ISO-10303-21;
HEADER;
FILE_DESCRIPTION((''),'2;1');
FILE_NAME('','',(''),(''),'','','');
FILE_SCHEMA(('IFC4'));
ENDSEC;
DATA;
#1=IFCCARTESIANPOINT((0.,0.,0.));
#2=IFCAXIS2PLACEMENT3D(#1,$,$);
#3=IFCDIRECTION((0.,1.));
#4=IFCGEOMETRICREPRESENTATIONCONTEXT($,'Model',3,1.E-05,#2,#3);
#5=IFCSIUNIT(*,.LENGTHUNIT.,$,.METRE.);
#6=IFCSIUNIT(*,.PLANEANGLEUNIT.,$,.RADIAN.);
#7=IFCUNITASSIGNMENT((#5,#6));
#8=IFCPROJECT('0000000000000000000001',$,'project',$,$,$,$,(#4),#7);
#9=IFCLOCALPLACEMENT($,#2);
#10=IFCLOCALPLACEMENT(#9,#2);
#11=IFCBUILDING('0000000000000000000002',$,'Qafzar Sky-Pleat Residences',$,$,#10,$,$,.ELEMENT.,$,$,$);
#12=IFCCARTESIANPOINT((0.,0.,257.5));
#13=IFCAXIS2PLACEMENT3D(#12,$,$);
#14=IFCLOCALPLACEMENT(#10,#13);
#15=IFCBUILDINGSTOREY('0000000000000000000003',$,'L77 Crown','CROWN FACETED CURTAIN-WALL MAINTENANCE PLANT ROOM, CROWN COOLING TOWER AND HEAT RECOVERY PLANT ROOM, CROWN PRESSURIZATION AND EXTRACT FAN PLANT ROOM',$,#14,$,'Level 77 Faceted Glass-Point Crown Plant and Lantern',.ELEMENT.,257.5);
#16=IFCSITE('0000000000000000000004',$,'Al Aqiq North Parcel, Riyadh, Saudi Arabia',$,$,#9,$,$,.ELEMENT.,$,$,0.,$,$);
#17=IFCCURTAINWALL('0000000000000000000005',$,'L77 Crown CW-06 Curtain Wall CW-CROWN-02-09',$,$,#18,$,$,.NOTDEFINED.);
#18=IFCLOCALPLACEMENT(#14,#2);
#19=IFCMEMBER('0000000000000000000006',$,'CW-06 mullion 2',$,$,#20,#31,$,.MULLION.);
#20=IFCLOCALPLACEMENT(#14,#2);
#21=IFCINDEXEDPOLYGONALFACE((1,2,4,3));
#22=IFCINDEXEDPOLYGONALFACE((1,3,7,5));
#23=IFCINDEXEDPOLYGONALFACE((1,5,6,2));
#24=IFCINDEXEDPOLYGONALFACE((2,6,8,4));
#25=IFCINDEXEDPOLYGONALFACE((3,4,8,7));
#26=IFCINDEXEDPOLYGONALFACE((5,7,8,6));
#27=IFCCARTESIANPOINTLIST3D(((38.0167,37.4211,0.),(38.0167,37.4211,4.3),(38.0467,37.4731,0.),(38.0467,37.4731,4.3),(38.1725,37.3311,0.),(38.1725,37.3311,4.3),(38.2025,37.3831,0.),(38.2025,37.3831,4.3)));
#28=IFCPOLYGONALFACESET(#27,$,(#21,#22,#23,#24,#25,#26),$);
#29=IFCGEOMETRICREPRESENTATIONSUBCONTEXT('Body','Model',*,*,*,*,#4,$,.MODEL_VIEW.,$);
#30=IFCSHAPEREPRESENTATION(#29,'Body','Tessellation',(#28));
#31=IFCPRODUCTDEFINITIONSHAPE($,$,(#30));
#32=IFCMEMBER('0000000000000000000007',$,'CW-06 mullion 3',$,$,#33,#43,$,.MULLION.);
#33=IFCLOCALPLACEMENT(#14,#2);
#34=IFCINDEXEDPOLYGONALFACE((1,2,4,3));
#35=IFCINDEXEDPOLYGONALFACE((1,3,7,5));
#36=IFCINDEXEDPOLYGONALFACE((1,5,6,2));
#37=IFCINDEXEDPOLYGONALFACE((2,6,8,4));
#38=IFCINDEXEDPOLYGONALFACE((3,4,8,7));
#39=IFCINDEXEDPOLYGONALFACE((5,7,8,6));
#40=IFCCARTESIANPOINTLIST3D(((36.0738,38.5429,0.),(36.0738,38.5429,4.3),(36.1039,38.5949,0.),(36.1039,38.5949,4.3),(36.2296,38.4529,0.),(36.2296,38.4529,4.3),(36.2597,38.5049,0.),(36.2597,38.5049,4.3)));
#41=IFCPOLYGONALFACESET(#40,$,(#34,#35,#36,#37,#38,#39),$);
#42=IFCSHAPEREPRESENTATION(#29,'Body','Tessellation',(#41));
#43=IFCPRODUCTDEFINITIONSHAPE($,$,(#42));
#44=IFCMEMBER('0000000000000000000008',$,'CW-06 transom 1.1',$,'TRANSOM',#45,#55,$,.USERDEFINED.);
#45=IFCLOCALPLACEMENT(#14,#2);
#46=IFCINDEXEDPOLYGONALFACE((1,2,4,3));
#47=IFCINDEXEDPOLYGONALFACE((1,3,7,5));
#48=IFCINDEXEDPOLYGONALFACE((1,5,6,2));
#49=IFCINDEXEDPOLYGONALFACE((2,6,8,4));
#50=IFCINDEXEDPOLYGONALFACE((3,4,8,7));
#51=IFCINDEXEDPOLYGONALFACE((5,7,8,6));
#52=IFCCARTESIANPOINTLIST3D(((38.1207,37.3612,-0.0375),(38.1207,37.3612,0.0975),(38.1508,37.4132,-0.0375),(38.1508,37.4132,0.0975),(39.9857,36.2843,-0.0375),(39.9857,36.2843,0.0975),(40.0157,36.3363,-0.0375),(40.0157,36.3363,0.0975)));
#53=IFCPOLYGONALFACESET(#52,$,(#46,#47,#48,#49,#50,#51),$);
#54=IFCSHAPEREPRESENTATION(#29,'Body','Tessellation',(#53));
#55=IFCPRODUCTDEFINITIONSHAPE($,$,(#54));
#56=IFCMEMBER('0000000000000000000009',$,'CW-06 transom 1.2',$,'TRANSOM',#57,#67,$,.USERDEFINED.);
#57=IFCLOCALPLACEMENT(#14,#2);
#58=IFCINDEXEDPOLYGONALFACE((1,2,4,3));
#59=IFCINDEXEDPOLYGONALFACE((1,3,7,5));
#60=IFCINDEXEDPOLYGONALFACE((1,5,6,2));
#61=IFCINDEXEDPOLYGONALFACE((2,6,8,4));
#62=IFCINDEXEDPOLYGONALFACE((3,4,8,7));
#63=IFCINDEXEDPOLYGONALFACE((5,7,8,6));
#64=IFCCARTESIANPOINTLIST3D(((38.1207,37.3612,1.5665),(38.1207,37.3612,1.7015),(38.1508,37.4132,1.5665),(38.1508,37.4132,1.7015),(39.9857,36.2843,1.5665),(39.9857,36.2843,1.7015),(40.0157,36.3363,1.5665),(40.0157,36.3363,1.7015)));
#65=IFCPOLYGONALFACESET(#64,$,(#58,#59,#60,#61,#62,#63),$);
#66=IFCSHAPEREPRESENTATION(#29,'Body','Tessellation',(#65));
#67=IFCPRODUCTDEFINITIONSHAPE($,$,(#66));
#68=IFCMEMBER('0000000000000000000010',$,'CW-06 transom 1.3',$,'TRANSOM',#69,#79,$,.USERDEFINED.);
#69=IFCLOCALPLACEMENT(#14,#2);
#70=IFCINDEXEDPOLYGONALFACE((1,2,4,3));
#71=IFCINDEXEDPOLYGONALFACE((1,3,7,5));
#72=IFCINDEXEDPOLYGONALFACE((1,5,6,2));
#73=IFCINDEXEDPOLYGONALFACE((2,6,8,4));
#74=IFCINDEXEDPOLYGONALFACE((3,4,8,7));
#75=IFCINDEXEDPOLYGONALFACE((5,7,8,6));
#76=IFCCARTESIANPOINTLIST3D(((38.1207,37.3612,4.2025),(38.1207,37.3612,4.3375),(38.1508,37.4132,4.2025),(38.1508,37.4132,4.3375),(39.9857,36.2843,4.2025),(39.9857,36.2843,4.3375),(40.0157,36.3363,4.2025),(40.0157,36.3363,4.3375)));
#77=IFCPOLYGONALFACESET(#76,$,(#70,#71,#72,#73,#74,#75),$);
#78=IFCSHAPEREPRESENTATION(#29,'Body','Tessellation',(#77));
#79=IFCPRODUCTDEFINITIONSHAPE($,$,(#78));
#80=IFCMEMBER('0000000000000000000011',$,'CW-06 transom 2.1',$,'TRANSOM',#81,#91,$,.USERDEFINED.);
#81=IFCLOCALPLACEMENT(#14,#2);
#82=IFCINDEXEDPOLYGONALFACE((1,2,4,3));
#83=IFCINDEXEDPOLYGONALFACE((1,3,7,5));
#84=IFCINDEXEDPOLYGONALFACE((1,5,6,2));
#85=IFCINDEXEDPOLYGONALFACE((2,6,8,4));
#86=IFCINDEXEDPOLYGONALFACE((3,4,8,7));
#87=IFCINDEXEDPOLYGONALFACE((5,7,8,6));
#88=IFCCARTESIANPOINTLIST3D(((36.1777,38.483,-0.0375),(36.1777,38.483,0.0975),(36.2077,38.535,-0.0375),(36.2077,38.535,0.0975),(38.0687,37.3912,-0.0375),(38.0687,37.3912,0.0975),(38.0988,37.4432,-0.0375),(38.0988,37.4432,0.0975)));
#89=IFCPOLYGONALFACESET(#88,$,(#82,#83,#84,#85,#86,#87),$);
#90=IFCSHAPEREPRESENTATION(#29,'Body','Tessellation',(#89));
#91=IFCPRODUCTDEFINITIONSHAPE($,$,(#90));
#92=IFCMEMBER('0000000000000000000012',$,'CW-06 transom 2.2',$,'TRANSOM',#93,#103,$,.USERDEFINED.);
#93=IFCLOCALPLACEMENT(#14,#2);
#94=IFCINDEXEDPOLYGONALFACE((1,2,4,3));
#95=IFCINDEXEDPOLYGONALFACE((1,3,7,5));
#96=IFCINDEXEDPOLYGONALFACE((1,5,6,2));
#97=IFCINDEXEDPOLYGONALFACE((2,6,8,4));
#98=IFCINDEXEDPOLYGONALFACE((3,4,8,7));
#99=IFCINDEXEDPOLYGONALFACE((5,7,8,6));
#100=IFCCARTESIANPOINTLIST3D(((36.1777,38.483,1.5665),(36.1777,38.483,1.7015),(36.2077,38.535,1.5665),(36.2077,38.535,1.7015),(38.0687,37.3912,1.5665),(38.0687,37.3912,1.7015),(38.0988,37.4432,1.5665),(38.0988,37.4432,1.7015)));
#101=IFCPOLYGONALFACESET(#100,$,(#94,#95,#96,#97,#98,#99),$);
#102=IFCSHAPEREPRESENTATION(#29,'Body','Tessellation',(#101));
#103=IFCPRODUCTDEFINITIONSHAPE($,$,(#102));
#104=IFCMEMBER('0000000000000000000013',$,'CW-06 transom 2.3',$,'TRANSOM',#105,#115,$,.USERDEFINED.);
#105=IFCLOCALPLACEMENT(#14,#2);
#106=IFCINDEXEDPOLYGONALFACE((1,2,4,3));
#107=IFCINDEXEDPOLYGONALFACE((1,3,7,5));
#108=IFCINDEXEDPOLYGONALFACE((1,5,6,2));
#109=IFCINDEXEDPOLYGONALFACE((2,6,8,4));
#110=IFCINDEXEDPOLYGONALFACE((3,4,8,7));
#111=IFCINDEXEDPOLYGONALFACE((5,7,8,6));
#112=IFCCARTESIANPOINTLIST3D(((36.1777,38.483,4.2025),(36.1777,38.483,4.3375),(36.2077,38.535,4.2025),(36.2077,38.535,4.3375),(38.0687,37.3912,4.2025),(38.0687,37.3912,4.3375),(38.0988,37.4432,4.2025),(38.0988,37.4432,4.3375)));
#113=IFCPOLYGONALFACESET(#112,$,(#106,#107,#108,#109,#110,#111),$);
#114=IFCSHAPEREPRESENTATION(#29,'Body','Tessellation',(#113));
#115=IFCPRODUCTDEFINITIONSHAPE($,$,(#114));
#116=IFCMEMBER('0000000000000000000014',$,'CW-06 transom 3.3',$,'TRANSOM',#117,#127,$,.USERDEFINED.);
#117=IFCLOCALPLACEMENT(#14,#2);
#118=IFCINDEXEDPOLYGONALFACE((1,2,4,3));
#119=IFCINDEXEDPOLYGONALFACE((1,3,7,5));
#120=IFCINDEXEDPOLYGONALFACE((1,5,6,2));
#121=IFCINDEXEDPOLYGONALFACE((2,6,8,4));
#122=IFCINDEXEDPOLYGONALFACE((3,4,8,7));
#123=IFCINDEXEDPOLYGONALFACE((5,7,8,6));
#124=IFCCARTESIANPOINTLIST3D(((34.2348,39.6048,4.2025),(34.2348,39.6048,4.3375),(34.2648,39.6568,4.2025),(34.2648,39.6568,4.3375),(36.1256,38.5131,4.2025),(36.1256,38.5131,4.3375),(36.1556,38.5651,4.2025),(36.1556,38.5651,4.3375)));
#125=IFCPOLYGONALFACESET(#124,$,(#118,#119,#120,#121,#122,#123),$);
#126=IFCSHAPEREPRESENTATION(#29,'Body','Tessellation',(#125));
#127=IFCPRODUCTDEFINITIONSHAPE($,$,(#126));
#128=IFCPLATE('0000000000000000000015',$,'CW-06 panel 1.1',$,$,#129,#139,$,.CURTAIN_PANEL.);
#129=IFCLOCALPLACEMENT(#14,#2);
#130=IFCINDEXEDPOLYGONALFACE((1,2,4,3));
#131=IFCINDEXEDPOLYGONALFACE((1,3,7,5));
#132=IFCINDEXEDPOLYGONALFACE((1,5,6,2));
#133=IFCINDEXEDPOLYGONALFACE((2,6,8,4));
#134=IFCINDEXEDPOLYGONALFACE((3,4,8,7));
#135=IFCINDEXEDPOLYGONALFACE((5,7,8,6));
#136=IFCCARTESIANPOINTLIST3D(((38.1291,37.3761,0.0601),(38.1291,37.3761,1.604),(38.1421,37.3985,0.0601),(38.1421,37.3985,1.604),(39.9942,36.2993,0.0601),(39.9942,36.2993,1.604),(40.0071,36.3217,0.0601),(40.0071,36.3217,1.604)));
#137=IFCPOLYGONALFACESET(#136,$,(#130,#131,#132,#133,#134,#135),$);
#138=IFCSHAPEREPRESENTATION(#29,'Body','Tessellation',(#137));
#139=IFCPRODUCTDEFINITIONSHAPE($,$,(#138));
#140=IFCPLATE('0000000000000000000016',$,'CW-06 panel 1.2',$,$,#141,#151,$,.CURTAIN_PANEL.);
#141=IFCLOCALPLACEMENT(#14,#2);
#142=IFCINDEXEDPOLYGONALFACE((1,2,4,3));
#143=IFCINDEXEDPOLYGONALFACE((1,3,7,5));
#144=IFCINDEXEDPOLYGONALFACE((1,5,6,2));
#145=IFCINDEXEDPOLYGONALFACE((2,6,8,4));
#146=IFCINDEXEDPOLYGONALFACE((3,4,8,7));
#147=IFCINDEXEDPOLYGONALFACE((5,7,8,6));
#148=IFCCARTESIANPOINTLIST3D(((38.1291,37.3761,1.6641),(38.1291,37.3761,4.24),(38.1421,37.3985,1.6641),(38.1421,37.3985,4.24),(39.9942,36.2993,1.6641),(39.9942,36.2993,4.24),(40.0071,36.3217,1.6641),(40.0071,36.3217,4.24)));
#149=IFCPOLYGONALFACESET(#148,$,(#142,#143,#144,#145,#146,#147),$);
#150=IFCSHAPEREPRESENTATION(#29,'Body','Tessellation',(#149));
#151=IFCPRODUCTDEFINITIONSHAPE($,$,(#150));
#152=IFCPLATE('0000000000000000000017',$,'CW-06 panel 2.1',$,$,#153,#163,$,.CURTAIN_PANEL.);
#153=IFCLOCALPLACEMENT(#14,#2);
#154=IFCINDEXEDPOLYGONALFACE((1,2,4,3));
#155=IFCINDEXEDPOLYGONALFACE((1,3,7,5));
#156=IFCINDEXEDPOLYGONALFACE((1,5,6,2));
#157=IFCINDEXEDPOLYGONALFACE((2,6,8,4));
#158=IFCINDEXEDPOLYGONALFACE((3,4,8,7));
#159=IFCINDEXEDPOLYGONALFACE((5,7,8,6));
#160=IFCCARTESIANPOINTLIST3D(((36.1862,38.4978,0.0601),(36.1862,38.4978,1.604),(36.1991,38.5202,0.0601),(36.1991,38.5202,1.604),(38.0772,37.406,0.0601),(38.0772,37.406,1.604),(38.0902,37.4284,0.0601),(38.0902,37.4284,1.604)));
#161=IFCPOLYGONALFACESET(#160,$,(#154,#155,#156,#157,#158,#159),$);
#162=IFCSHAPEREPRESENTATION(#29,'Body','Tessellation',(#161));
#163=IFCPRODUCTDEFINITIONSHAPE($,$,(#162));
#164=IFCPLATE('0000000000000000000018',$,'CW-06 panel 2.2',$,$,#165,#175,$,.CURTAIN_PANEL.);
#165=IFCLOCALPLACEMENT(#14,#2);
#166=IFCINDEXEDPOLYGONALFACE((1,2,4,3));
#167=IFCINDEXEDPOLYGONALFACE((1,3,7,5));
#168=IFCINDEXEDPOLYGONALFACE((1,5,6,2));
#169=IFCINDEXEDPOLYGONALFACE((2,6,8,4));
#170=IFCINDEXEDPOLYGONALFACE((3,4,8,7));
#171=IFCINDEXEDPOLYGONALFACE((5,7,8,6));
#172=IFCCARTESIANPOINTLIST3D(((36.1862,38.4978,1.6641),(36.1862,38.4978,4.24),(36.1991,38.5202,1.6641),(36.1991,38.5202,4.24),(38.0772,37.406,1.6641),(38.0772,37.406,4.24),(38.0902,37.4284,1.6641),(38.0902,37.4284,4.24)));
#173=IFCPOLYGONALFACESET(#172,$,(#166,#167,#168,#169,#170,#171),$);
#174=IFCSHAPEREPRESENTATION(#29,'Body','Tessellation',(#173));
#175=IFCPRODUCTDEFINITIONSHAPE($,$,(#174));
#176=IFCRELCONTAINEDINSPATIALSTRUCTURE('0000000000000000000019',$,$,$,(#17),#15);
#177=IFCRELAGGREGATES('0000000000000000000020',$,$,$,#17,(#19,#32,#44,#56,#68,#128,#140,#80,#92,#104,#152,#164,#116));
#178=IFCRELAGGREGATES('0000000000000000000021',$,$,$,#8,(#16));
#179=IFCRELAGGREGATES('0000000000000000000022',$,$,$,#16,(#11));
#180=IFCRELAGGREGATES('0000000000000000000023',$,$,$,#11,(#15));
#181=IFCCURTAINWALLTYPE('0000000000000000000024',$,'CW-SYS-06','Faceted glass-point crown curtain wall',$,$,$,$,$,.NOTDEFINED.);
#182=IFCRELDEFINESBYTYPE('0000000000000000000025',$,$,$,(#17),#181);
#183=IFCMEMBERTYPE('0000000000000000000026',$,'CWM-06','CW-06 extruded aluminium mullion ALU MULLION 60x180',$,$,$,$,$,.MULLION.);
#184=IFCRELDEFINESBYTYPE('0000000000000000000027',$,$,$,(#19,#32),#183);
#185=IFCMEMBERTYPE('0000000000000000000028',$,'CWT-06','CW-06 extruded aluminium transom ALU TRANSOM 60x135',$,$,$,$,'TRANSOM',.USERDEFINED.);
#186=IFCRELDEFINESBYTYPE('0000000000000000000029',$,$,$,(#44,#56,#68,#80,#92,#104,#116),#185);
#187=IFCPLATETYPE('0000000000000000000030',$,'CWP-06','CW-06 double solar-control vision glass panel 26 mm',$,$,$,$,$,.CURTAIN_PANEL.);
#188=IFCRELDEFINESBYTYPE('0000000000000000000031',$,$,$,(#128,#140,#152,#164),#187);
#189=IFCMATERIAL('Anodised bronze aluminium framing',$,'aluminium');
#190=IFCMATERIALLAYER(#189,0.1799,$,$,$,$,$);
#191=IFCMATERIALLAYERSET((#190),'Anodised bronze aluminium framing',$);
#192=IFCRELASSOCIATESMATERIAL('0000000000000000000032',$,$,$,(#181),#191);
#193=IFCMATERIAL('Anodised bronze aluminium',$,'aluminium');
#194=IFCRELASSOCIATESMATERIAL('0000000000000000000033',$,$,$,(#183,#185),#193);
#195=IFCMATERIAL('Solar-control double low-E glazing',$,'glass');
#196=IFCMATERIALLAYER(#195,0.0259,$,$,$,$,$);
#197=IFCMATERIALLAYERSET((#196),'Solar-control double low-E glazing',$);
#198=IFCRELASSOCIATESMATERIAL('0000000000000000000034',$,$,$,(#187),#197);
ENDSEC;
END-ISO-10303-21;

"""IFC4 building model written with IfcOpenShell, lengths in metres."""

from ifc_helpers import new_model, si_unit, direction, frame, origin, origin_2d, place, context, subcontext, project, spatial, rectangle, extrude, source, transform, mapped, material, layer, layer_set, material_profile, profile_set, type_object, element, aggregate, save


model = new_model("IFC4")

# Units and contexts
model_context = context("Model", 3, precision=1e-05, world=origin(), true_north=direction((0.0, 1.0)))
body_context = subcontext(model_context, "Body", "Model", "MODEL_VIEW")
ifc_project = project(units=[si_unit("LENGTHUNIT", "METRE"), si_unit("PLANEANGLEUNIT", "RADIAN")], contexts=[model_context])

# Site, building, storey
site_placement = place(None, origin())
site = spatial("IfcSite", under=ifc_project, at=site_placement, Name="Al Aqiq North Parcel, Riyadh, Saudi Arabia", CompositionType="ELEMENT", RefElevation=0.0)
building_placement = place(site_placement, origin())
building = spatial("IfcBuilding", under=site, at=building_placement, Name="Qafzar Sky-Pleat Residences", CompositionType="ELEMENT")
storey_placement = place(building_placement, frame((0.0, 0.0, 257.5)))
storey = spatial("IfcBuildingStorey", under=building, at=storey_placement, Name="L77 Crown", Description="CROWN FACETED CURTAIN-WALL MAINTENANCE PLANT ROOM, CROWN COOLING TOWER AND HEAT RECOVERY PLANT ROOM, CROWN PRESSURIZATION AND EXTRACT FAN PLANT ROOM", LongName="Level 77 Faceted Glass-Point Crown Plant and Lantern", CompositionType="ELEMENT", Elevation=257.5)

# Shared definitions
ifc_material_1 = material(Name="Anodised bronze aluminium framing", Category="aluminium")
ifc_layer_1 = layer(ifc_material_1, 0.1799)
ifc_layer_set_1 = layer_set([ifc_layer_1], Name="Anodised bronze aluminium framing")
curtain_wall_type = type_object("IfcCurtainWallType", Name="CW-SYS-06", Description="Faceted glass-point crown curtain wall", PredefinedType="NOTDEFINED", material=ifc_layer_set_1)
ifc_material_2 = material(Name="Anodised bronze aluminium", Category="aluminium")
ifc_material_profile_1 = material_profile(ifc_material_2, rectangle(XDim=0.0601, YDim=0.1799, at=origin_2d()), Name="ALU MULLION 60x180")
ifc_profile_set_1 = profile_set([ifc_material_profile_1], Name="Anodised bronze aluminium")
member_type_1 = type_object("IfcMemberType", Name="CWM-06", Description="CW-06 extruded aluminium mullion ALU MULLION 60x180", PredefinedType="MULLION", material=ifc_profile_set_1)
shared_shape_1 = source(origin(), body_context, "Body", "SweptSolid", [
    extrude(rectangle(XDim=0.0601, YDim=0.1799, at=origin_2d()), origin(), (0.0, 0.0, 1.0), 4.3),
])

# Curtain wall, members, plates
curtain_wall_1_placement = place(storey_placement, origin())
curtain_wall_1 = element("IfcCurtainWall", 1, at=curtain_wall_1_placement, inside=storey, type_object=curtain_wall_type, Name="L77 Crown CW-06 Curtain Wall CW-CROWN-02-09", PredefinedType="NOTDEFINED")
member_1_placement = place(storey_placement, frame((38.1096, 37.4021, 0.0), z_axis=(0.0, 0.0, 1.0), x_axis=(-0.500003, -0.866024, 0.0)))
member_1 = element("IfcMember", 2, at=member_1_placement, type_object=member_type_1, Name="CW-06 mullion 2", PredefinedType="MULLION", context=body_context, shape_type="MappedRepresentation", body=[
    mapped(shared_shape_1, transform((0.0, 0.0, 0.0), x_axis=(1.0, 0.0, 0.0), y_axis=(0.0, 1.0, 0.0), z_axis=(0.0, 0.0, 1.0), scale=1.0)),
])
member_2_placement = place(storey_placement, frame((36.1667, 38.5239, 0.0), z_axis=(0.0, 0.0, 1.0), x_axis=(-0.500003, -0.866024, 0.0)))
member_2 = element("IfcMember", 3, at=member_2_placement, type_object=member_type_1, Name="CW-06 mullion 3", PredefinedType="MULLION", context=body_context, shape_type="MappedRepresentation", body=[
    mapped(shared_shape_1, transform((0.0, 0.0, 0.0), x_axis=(1.0, 0.0, 0.0), y_axis=(0.0, 1.0, 0.0), z_axis=(0.0, 0.0, 1.0), scale=1.0)),
])
ifc_material_profile_2 = material_profile(ifc_material_2, rectangle(XDim=0.0601, YDim=0.135, at=origin_2d()), Name="ALU TRANSOM 60x135")
ifc_profile_set_2 = profile_set([ifc_material_profile_2], Name="Anodised bronze aluminium")
member_type_2 = type_object("IfcMemberType", Name="CWT-06", Description="CW-06 extruded aluminium transom ALU TRANSOM 60x135", ElementType="TRANSOM", PredefinedType="USERDEFINED", material=ifc_profile_set_2)
shared_shape_2 = source(origin(), body_context, "Body", "SweptSolid", [
    extrude(rectangle(XDim=0.0601, YDim=0.135, at=origin_2d()), origin(), (0.0, 0.0, 1.0), 2.1536),
])
member_3_placement = place(storey_placement, frame((40.0007, 36.3103, 0.03), z_axis=(-0.865995, 0.500053, 0.0), x_axis=(-0.500053, -0.865995, 0.0)))
member_3 = element("IfcMember", 4, at=member_3_placement, type_object=member_type_2, Name="CW-06 transom 1.1", ObjectType="TRANSOM", PredefinedType="USERDEFINED", context=body_context, shape_type="MappedRepresentation", body=[
    mapped(shared_shape_2, transform((0.0, 0.0, 0.0), x_axis=(1.0, 0.0, 0.0), y_axis=(0.0, 1.0, 0.0), z_axis=(0.0, 0.0, 1.0), scale=1.0)),
])
member_4_placement = place(storey_placement, frame((40.0007, 36.3103, 1.634), z_axis=(-0.865995, 0.500053, 0.0), x_axis=(-0.500053, -0.865995, 0.0)))
member_4 = element("IfcMember", 5, at=member_4_placement, type_object=member_type_2, Name="CW-06 transom 1.2", ObjectType="TRANSOM", PredefinedType="USERDEFINED", context=body_context, shape_type="MappedRepresentation", body=[
    mapped(shared_shape_2, transform((0.0, 0.0, 0.0), x_axis=(1.0, 0.0, 0.0), y_axis=(0.0, 1.0, 0.0), z_axis=(0.0, 0.0, 1.0), scale=1.0)),
])
member_5_placement = place(storey_placement, frame((40.0007, 36.3103, 4.27), z_axis=(-0.865995, 0.500053, 0.0), x_axis=(-0.500053, -0.865995, 0.0)))
member_5 = element("IfcMember", 6, at=member_5_placement, type_object=member_type_2, Name="CW-06 transom 1.3", ObjectType="TRANSOM", PredefinedType="USERDEFINED", context=body_context, shape_type="MappedRepresentation", body=[
    mapped(shared_shape_2, transform((0.0, 0.0, 0.0), x_axis=(1.0, 0.0, 0.0), y_axis=(0.0, 1.0, 0.0), z_axis=(0.0, 0.0, 1.0), scale=1.0)),
])
shared_shape_3 = source(origin(), body_context, "Body", "SweptSolid", [
    extrude(rectangle(XDim=0.0601, YDim=0.135, at=origin_2d()), origin(), (0.0, 0.0, 1.0), 2.1836),
])
member_6_placement = place(storey_placement, frame((38.0837, 37.4172, 0.03), z_axis=(-0.866033, 0.499987, 0.0), x_axis=(-0.499987, -0.866033, 0.0)))
member_6 = element("IfcMember", 7, at=member_6_placement, type_object=member_type_2, Name="CW-06 transom 2.1", ObjectType="TRANSOM", PredefinedType="USERDEFINED", context=body_context, shape_type="MappedRepresentation", body=[
    mapped(shared_shape_3, transform((0.0, 0.0, 0.0), x_axis=(1.0, 0.0, 0.0), y_axis=(0.0, 1.0, 0.0), z_axis=(0.0, 0.0, 1.0), scale=1.0)),
])
member_7_placement = place(storey_placement, frame((38.0837, 37.4172, 1.634), z_axis=(-0.866033, 0.499987, 0.0), x_axis=(-0.499987, -0.866033, 0.0)))
member_7 = element("IfcMember", 8, at=member_7_placement, type_object=member_type_2, Name="CW-06 transom 2.2", ObjectType="TRANSOM", PredefinedType="USERDEFINED", context=body_context, shape_type="MappedRepresentation", body=[
    mapped(shared_shape_3, transform((0.0, 0.0, 0.0), x_axis=(1.0, 0.0, 0.0), y_axis=(0.0, 1.0, 0.0), z_axis=(0.0, 0.0, 1.0), scale=1.0)),
])
member_8_placement = place(storey_placement, frame((38.0837, 37.4172, 4.27), z_axis=(-0.866033, 0.499987, 0.0), x_axis=(-0.499987, -0.866033, 0.0)))
member_8 = element("IfcMember", 9, at=member_8_placement, type_object=member_type_2, Name="CW-06 transom 2.3", ObjectType="TRANSOM", PredefinedType="USERDEFINED", context=body_context, shape_type="MappedRepresentation", body=[
    mapped(shared_shape_3, transform((0.0, 0.0, 0.0), x_axis=(1.0, 0.0, 0.0), y_axis=(0.0, 1.0, 0.0), z_axis=(0.0, 0.0, 1.0), scale=1.0)),
])
shared_shape_4 = source(origin(), body_context, "Body", "SweptSolid", [
    extrude(rectangle(XDim=0.0601, YDim=0.135, at=origin_2d()), origin(), (0.0, 0.0, 1.0), 2.1833),
])
member_9_placement = place(storey_placement, frame((36.1406, 38.5391, 4.27), z_axis=(-0.866005, 0.500035, 0.0), x_axis=(-0.500035, -0.866005, 0.0)))
member_9 = element("IfcMember", 10, at=member_9_placement, type_object=member_type_2, Name="CW-06 transom 3.3", ObjectType="TRANSOM", PredefinedType="USERDEFINED", context=body_context, shape_type="MappedRepresentation", body=[
    mapped(shared_shape_4, transform((0.0, 0.0, 0.0), x_axis=(1.0, 0.0, 0.0), y_axis=(0.0, 1.0, 0.0), z_axis=(0.0, 0.0, 1.0), scale=1.0)),
])
ifc_material_3 = material(Name="Solar-control double low-E glazing", Category="glass")
ifc_layer_2 = layer(ifc_material_3, 0.0259)
ifc_layer_set_2 = layer_set([ifc_layer_2], Name="Solar-control double low-E glazing")
plate_type = type_object("IfcPlateType", Name="CWP-06", Description="CW-06 double solar-control vision glass panel 26 mm", PredefinedType="CURTAIN_PANEL", material=ifc_layer_set_2)
shared_shape_5 = source(origin(), body_context, "Body", "SweptSolid", [
    extrude(rectangle(XDim=2.1536, YDim=0.0259, at=origin_2d()), origin(), (0.0, 0.0, 1.0), 1.5439),
])
plate_1_placement = place(storey_placement, frame((39.0681, 36.8489, 0.0601), z_axis=(0.0, 0.0, 1.0), x_axis=(-0.866024, 0.500003, 0.0)))
plate_1 = element("IfcPlate", 11, at=plate_1_placement, type_object=plate_type, Name="CW-06 panel 1.1", PredefinedType="CURTAIN_PANEL", context=body_context, shape_type="MappedRepresentation", body=[
    mapped(shared_shape_5, transform((0.0, 0.0, 0.0), x_axis=(1.0, 0.0, 0.0), y_axis=(0.0, 1.0, 0.0), z_axis=(0.0, 0.0, 1.0), scale=1.0)),
])
shared_shape_6 = source(origin(), body_context, "Body", "SweptSolid", [
    extrude(rectangle(XDim=2.1536, YDim=0.0259, at=origin_2d()), origin(), (0.0, 0.0, 1.0), 2.5759),
])
plate_2_placement = place(storey_placement, frame((39.0681, 36.8489, 1.6641), z_axis=(0.0, 0.0, 1.0), x_axis=(-0.866024, 0.500003, 0.0)))
plate_2 = element("IfcPlate", 12, at=plate_2_placement, type_object=plate_type, Name="CW-06 panel 1.2", PredefinedType="CURTAIN_PANEL", context=body_context, shape_type="MappedRepresentation", body=[
    mapped(shared_shape_6, transform((0.0, 0.0, 0.0), x_axis=(1.0, 0.0, 0.0), y_axis=(0.0, 1.0, 0.0), z_axis=(0.0, 0.0, 1.0), scale=1.0)),
])
shared_shape_7 = source(origin(), body_context, "Body", "SweptSolid", [
    extrude(rectangle(XDim=2.1836, YDim=0.0259, at=origin_2d()), origin(), (0.0, 0.0, 1.0), 1.5439),
])
plate_3_placement = place(storey_placement, frame((37.1382, 37.9631, 0.0601), z_axis=(0.0, 0.0, 1.0), x_axis=(-0.866024, 0.500003, 0.0)))
plate_3 = element("IfcPlate", 13, at=plate_3_placement, type_object=plate_type, Name="CW-06 panel 2.1", PredefinedType="CURTAIN_PANEL", context=body_context, shape_type="MappedRepresentation", body=[
    mapped(shared_shape_7, transform((0.0, 0.0, 0.0), x_axis=(1.0, 0.0, 0.0), y_axis=(0.0, 1.0, 0.0), z_axis=(0.0, 0.0, 1.0), scale=1.0)),
])
shared_shape_8 = source(origin(), body_context, "Body", "SweptSolid", [
    extrude(rectangle(XDim=2.1836, YDim=0.0259, at=origin_2d()), origin(), (0.0, 0.0, 1.0), 2.5759),
])
plate_4_placement = place(storey_placement, frame((37.1382, 37.9631, 1.6641), z_axis=(0.0, 0.0, 1.0), x_axis=(-0.866024, 0.500003, 0.0)))
plate_4 = element("IfcPlate", 14, at=plate_4_placement, type_object=plate_type, Name="CW-06 panel 2.2", PredefinedType="CURTAIN_PANEL", context=body_context, shape_type="MappedRepresentation", body=[
    mapped(shared_shape_8, transform((0.0, 0.0, 0.0), x_axis=(1.0, 0.0, 0.0), y_axis=(0.0, 1.0, 0.0), z_axis=(0.0, 0.0, 1.0), scale=1.0)),
])
aggregate(curtain_wall_1, [member_1, member_2, member_3, member_4, member_5, plate_1, plate_2, member_6, member_7, member_8, plate_3, plate_4, member_9])

save(model, "model.ifc")
